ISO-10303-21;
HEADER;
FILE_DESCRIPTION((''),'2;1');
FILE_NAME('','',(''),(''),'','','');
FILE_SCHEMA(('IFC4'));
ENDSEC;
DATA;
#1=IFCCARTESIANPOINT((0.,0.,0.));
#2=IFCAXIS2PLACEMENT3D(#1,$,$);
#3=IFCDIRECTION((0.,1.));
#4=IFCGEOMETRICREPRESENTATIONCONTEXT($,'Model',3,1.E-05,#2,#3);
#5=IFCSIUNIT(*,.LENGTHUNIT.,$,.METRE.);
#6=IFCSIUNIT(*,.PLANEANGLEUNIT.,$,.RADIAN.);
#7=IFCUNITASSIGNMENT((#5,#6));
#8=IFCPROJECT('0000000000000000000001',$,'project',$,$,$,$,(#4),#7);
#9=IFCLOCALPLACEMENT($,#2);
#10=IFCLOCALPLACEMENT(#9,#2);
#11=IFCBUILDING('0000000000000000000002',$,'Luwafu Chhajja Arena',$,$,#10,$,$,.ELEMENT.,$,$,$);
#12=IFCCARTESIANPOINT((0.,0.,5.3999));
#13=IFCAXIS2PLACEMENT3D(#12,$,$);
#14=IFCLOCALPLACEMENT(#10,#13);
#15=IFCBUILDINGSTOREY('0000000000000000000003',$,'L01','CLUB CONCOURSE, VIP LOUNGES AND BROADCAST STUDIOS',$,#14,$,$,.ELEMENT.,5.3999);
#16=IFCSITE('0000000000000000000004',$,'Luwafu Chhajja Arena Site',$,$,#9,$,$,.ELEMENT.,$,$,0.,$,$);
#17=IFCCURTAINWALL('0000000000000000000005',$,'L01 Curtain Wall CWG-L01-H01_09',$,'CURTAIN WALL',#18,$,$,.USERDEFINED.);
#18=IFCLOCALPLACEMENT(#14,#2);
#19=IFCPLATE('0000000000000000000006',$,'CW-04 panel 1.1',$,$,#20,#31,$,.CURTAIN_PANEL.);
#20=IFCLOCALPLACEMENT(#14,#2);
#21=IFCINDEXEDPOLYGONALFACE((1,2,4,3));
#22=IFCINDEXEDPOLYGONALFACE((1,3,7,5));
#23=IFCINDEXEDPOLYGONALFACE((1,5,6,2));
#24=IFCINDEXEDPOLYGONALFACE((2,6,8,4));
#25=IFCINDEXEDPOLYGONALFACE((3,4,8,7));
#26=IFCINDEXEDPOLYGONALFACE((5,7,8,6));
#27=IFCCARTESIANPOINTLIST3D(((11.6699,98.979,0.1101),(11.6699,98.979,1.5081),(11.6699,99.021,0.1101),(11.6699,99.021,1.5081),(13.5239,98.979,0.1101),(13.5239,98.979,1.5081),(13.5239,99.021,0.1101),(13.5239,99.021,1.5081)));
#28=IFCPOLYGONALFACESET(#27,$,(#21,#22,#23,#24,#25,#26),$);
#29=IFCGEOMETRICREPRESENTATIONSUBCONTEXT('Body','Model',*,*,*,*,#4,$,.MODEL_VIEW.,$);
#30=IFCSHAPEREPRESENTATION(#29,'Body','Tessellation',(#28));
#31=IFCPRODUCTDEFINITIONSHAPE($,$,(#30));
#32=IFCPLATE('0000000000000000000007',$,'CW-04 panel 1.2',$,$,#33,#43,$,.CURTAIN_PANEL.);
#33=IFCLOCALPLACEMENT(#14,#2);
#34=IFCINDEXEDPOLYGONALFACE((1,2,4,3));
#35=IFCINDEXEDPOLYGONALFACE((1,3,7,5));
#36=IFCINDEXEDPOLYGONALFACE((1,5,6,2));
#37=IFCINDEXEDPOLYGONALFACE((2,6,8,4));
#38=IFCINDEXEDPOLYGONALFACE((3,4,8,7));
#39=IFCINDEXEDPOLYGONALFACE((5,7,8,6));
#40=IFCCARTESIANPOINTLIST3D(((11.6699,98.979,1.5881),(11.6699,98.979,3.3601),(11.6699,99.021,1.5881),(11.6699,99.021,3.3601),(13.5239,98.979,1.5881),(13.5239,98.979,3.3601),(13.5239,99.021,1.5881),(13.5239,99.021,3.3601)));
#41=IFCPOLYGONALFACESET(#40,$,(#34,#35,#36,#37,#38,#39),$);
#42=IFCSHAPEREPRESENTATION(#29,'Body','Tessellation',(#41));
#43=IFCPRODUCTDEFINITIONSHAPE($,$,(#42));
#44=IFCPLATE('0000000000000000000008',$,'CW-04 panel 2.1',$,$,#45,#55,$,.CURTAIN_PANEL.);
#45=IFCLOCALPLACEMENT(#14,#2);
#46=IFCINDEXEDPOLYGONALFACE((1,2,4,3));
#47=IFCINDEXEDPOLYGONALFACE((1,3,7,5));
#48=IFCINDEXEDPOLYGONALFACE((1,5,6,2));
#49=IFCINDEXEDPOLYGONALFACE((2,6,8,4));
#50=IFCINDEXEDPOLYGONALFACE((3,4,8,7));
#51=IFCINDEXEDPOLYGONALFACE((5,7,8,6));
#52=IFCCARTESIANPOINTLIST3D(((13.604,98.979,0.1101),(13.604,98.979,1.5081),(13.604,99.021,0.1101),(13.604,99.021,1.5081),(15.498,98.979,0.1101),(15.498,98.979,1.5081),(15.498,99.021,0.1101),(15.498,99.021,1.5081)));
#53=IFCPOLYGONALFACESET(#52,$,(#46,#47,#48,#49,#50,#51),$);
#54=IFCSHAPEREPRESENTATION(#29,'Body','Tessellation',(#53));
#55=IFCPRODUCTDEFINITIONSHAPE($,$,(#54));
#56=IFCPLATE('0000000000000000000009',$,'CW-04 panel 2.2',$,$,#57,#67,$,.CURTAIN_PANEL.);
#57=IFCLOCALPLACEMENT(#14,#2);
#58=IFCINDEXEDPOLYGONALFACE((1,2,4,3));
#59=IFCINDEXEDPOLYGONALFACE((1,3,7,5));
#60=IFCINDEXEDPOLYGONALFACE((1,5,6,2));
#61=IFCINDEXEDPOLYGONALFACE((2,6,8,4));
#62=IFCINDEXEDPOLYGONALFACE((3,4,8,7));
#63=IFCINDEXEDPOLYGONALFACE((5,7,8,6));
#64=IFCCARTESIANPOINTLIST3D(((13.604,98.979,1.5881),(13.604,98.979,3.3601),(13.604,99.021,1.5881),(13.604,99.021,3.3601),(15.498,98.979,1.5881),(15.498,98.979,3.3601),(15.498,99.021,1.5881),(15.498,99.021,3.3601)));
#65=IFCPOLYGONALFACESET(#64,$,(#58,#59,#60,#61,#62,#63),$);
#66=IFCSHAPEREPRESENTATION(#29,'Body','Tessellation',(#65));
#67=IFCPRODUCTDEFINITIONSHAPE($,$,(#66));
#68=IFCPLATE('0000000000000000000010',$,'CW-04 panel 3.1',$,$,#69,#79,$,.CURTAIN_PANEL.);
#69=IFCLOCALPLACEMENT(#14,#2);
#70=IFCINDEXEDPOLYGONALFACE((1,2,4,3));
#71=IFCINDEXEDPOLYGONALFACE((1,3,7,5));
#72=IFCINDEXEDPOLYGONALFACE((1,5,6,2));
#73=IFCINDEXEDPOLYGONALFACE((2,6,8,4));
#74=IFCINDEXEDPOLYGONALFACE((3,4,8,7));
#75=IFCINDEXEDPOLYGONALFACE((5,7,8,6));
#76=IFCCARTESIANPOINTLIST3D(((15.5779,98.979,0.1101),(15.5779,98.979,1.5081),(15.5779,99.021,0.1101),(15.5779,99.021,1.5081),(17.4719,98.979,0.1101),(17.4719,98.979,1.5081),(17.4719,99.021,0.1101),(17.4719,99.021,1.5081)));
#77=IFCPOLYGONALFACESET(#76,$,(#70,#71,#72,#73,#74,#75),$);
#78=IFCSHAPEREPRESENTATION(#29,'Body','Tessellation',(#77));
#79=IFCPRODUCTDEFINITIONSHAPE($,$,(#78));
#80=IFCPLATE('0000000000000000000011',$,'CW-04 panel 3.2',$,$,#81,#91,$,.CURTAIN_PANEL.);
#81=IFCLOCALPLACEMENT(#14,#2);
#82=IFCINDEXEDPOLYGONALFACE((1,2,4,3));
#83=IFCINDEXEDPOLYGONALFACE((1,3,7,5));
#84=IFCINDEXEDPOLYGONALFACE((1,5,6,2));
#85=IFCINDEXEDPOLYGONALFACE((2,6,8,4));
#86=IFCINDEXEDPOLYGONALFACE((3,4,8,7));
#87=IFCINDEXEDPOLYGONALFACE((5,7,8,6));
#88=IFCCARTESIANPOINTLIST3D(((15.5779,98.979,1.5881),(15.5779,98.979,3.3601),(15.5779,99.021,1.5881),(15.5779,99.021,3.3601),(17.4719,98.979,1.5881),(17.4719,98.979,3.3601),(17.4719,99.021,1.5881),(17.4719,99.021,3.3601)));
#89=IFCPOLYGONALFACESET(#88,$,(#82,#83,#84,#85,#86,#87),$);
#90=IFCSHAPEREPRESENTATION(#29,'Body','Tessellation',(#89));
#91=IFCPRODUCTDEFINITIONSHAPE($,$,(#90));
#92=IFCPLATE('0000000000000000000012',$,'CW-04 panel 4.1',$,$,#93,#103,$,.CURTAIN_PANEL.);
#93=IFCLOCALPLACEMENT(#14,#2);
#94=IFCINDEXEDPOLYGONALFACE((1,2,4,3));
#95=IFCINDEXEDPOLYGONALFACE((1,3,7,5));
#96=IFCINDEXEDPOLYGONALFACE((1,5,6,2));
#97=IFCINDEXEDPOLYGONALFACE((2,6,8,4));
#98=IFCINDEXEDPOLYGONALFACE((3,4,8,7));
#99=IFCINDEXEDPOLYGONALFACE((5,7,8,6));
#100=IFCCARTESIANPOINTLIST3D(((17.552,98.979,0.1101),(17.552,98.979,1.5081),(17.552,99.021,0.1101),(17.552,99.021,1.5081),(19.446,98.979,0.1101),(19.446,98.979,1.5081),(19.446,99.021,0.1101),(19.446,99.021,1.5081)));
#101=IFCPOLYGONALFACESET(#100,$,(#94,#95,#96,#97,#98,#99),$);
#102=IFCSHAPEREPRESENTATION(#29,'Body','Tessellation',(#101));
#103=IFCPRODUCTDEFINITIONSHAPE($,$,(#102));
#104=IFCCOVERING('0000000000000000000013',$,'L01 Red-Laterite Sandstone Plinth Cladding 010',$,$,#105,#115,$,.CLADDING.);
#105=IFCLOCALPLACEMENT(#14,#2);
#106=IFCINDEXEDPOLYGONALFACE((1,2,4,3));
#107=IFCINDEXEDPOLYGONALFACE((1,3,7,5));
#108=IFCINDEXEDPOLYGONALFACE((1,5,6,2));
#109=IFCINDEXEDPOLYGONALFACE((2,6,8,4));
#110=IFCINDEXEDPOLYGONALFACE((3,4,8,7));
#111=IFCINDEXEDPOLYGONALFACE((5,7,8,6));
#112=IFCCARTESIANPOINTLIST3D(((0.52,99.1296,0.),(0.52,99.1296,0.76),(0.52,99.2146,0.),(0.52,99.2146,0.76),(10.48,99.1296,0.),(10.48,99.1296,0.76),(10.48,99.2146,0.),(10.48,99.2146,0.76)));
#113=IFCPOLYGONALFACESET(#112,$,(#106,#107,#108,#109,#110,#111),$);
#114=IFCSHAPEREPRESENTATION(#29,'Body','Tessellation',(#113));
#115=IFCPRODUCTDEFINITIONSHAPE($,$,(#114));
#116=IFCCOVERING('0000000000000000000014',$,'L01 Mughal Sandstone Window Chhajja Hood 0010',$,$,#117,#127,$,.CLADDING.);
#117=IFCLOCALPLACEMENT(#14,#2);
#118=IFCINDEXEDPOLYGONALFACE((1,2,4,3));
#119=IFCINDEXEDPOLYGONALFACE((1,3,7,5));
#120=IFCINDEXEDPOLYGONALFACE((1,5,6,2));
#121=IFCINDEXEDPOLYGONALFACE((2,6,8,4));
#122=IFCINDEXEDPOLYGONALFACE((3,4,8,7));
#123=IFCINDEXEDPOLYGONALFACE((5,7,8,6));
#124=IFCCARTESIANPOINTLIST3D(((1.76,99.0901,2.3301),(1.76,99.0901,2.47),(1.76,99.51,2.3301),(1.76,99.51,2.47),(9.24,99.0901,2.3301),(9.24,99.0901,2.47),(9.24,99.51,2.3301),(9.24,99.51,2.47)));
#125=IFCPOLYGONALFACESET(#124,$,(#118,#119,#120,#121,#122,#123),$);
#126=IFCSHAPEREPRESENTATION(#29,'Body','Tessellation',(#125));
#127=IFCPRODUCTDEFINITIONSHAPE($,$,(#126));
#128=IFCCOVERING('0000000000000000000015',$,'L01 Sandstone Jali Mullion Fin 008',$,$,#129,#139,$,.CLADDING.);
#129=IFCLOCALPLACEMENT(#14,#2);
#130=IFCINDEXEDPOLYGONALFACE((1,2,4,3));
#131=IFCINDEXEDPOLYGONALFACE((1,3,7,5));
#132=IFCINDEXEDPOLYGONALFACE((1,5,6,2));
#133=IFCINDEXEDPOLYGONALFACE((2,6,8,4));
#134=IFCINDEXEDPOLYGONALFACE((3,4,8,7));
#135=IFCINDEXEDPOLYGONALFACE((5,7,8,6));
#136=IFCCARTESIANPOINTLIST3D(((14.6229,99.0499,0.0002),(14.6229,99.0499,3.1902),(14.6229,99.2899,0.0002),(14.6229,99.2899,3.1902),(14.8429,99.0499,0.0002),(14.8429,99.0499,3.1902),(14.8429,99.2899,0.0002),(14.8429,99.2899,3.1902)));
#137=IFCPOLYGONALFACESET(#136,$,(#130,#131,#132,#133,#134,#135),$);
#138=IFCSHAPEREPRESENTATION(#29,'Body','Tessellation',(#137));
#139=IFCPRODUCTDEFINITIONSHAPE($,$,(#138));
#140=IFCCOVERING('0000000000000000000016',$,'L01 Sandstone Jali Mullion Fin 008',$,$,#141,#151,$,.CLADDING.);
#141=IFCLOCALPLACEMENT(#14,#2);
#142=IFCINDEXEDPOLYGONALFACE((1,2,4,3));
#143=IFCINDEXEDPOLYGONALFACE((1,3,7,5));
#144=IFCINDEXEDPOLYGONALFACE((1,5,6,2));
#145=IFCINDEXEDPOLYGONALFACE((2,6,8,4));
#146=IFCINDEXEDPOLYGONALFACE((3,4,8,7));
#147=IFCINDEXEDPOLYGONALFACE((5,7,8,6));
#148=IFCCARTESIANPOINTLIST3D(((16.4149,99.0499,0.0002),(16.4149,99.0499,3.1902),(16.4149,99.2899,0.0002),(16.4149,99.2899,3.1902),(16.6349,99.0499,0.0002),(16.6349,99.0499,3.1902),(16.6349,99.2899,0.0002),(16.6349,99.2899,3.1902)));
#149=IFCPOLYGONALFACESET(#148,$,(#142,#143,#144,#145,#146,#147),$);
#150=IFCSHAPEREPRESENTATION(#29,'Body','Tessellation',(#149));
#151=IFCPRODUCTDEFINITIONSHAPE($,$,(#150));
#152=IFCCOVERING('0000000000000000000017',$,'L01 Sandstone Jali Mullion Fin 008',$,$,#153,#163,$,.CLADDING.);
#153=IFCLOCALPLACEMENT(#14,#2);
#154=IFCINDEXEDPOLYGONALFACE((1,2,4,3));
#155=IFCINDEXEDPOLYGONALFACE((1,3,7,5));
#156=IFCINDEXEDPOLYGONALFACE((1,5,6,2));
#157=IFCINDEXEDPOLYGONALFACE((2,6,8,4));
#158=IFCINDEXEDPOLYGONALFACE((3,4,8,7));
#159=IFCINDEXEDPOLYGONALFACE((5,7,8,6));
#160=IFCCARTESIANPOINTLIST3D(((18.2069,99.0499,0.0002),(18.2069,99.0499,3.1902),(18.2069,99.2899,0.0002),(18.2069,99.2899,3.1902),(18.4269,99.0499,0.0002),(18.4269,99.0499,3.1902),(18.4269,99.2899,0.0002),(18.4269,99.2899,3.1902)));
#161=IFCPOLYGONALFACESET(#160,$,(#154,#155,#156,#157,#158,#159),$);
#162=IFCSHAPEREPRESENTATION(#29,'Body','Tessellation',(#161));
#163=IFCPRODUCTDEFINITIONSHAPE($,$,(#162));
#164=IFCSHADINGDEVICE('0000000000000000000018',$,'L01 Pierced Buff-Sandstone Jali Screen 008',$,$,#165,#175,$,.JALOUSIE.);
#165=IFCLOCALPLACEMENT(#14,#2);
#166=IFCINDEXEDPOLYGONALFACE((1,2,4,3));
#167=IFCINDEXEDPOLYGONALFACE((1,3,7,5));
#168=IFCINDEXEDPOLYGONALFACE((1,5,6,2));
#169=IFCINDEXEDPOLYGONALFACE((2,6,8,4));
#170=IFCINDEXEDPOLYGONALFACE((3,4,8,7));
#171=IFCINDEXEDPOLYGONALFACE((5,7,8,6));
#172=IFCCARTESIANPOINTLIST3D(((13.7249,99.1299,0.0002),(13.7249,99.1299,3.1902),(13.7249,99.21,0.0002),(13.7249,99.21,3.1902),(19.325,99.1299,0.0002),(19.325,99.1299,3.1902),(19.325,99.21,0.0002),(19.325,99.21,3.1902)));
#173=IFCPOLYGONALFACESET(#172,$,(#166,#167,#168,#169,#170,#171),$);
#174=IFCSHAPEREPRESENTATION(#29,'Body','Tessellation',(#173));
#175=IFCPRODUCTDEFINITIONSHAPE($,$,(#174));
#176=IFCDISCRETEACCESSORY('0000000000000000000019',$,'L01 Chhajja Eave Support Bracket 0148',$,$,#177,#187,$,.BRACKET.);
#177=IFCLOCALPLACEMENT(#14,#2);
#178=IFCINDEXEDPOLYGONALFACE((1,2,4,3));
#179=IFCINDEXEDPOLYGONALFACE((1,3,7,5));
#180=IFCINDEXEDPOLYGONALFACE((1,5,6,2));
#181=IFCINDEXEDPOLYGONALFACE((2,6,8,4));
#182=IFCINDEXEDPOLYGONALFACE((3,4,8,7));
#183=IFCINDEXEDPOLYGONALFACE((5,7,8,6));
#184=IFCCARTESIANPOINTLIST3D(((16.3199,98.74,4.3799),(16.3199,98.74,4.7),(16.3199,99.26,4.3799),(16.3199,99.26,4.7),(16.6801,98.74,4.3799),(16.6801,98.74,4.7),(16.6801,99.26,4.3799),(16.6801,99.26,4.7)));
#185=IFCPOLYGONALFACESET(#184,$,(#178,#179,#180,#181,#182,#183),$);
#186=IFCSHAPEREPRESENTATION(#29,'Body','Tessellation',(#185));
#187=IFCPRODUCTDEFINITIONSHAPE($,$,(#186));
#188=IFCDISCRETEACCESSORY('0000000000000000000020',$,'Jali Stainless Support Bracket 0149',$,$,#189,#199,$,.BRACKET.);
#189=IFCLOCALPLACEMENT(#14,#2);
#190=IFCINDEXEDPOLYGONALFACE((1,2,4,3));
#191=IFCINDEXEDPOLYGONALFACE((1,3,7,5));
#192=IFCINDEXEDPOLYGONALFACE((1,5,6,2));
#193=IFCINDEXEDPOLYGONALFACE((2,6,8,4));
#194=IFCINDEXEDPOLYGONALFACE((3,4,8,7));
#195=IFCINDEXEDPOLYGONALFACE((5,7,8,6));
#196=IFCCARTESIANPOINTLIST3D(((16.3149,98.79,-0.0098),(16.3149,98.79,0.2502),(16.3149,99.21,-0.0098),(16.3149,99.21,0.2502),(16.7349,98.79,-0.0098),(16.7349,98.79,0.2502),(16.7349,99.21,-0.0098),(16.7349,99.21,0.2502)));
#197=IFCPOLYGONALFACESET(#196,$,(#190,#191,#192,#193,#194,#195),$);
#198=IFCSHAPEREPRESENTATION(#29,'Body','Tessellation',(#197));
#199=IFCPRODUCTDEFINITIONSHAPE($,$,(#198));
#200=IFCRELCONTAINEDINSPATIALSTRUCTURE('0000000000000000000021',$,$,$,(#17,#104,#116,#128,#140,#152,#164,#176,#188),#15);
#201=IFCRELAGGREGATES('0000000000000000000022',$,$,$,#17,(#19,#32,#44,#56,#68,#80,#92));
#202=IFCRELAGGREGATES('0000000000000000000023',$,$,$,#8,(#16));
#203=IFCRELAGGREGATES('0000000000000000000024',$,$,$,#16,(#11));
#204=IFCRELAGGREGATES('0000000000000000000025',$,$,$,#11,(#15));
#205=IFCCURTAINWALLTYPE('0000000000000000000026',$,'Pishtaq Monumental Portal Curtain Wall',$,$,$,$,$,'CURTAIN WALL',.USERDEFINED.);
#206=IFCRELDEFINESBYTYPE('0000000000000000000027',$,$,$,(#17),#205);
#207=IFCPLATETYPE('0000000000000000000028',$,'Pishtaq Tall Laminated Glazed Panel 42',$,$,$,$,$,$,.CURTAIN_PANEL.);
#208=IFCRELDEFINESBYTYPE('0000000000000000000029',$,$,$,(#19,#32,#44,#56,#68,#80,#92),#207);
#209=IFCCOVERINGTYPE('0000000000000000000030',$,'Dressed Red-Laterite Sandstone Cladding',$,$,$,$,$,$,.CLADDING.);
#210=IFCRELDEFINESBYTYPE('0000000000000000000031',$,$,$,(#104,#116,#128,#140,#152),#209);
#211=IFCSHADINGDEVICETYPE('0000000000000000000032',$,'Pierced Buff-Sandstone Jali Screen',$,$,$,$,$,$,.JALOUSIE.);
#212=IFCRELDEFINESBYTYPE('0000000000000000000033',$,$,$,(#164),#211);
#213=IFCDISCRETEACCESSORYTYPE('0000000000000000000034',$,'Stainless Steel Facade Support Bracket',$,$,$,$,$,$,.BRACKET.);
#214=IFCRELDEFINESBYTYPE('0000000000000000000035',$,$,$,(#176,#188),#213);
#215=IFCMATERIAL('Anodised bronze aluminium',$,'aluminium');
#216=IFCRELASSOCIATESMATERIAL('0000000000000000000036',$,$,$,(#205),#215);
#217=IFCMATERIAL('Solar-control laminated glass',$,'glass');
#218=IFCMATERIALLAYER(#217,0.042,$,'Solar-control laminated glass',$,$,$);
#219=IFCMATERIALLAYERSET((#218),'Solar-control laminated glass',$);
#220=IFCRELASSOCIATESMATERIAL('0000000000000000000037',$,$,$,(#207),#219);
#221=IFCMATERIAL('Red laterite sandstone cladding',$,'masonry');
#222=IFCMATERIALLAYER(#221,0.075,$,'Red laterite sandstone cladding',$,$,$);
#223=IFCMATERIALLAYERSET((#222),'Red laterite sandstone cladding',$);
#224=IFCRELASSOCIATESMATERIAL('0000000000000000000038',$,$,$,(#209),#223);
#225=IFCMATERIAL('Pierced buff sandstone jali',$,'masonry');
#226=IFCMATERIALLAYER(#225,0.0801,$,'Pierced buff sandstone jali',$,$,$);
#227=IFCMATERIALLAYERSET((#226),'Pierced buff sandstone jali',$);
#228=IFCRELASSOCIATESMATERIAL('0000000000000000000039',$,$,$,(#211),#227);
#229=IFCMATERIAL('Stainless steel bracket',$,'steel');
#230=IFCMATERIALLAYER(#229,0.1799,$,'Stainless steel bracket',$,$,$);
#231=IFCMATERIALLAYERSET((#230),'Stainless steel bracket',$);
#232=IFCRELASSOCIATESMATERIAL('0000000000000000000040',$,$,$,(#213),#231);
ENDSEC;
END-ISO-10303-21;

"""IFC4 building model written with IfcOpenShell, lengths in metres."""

from ifc_helpers import new_model, si_unit, direction, frame, origin, origin_2d, place, context, subcontext, project, spatial, rectangle, extrude, material, layer, layer_set, type_object, element, aggregate, save


model = new_model("IFC4")

# Units and contexts
model_context = context("Model", 3, precision=1e-05, world=origin(), true_north=direction((0.0, 1.0)))
body_context = subcontext(model_context, "Body", "Model", "MODEL_VIEW")
ifc_project = project(units=[si_unit("LENGTHUNIT", "METRE"), si_unit("PLANEANGLEUNIT", "RADIAN")], contexts=[model_context])

# Site, building, storey
site_placement = place(None, origin())
site = spatial("IfcSite", under=ifc_project, at=site_placement, Name="Luwafu Chhajja Arena Site", CompositionType="ELEMENT", RefElevation=0.0)
building_placement = place(site_placement, origin())
building = spatial("IfcBuilding", under=site, at=building_placement, Name="Luwafu Chhajja Arena", CompositionType="ELEMENT")
storey_placement = place(building_placement, frame((0.0, 0.0, 5.3999)))
storey = spatial("IfcBuildingStorey", under=building, at=storey_placement, Name="L01", Description="CLUB CONCOURSE, VIP LOUNGES AND BROADCAST STUDIOS", CompositionType="ELEMENT", Elevation=5.3999)

# Curtain wall, plates
ifc_material_1 = material(Name="Anodised bronze aluminium", Category="aluminium")
curtain_wall_type = type_object("IfcCurtainWallType", Name="Pishtaq Monumental Portal Curtain Wall", ElementType="CURTAIN WALL", PredefinedType="USERDEFINED", material=ifc_material_1)
curtain_wall_placement = place(storey_placement, origin())
curtain_wall = element("IfcCurtainWall", 1, at=curtain_wall_placement, inside=storey, type_object=curtain_wall_type, Name="L01 Curtain Wall CWG-L01-H01_09", ObjectType="CURTAIN WALL", PredefinedType="USERDEFINED")
ifc_material_2 = material(Name="Solar-control laminated glass", Category="glass")
ifc_layer_1 = layer(ifc_material_2, 0.042, Name="Solar-control laminated glass")
ifc_layer_set_1 = layer_set([ifc_layer_1], Name="Solar-control laminated glass")
plate_type = type_object("IfcPlateType", Name="Pishtaq Tall Laminated Glazed Panel 42", PredefinedType="CURTAIN_PANEL", material=ifc_layer_set_1)
plate_1_placement = place(storey_placement, frame((12.5969, 99.0, 0.1101), z_axis=(0.0, 0.0, 1.0), x_axis=(1.0, 0.0, 0.0)))
plate_1 = element("IfcPlate", 2, at=plate_1_placement, type_object=plate_type, Name="CW-04 panel 1.1", PredefinedType="CURTAIN_PANEL", context=body_context, shape_type="SweptSolid", body=[
    extrude(rectangle(XDim=1.854, YDim=0.042, at=origin_2d()), origin(), (0.0, 0.0, 1.0), 1.3979),
])
plate_2_placement = place(storey_placement, frame((12.5969, 99.0, 1.5881), z_axis=(0.0, 0.0, 1.0), x_axis=(1.0, 0.0, 0.0)))
plate_2 = element("IfcPlate", 3, at=plate_2_placement, type_object=plate_type, Name="CW-04 panel 1.2", PredefinedType="CURTAIN_PANEL", context=body_context, shape_type="SweptSolid", body=[
    extrude(rectangle(XDim=1.854, YDim=0.042, at=origin_2d()), origin(), (0.0, 0.0, 1.0), 1.772),
])
plate_3_placement = place(storey_placement, frame((14.551, 99.0, 0.1101), z_axis=(0.0, 0.0, 1.0), x_axis=(1.0, 0.0, 0.0)))
plate_3 = element("IfcPlate", 4, at=plate_3_placement, type_object=plate_type, Name="CW-04 panel 2.1", PredefinedType="CURTAIN_PANEL", context=body_context, shape_type="SweptSolid", body=[
    extrude(rectangle(XDim=1.894, YDim=0.042, at=origin_2d()), origin(), (0.0, 0.0, 1.0), 1.3979),
])
plate_4_placement = place(storey_placement, frame((14.551, 99.0, 1.5881), z_axis=(0.0, 0.0, 1.0), x_axis=(1.0, 0.0, 0.0)))
plate_4 = element("IfcPlate", 5, at=plate_4_placement, type_object=plate_type, Name="CW-04 panel 2.2", PredefinedType="CURTAIN_PANEL", context=body_context, shape_type="SweptSolid", body=[
    extrude(rectangle(XDim=1.894, YDim=0.042, at=origin_2d()), origin(), (0.0, 0.0, 1.0), 1.772),
])
plate_5_placement = place(storey_placement, frame((16.5249, 99.0, 0.1101), z_axis=(0.0, 0.0, 1.0), x_axis=(1.0, 0.0, 0.0)))
plate_5 = element("IfcPlate", 6, at=plate_5_placement, type_object=plate_type, Name="CW-04 panel 3.1", PredefinedType="CURTAIN_PANEL", context=body_context, shape_type="SweptSolid", body=[
    extrude(rectangle(XDim=1.894, YDim=0.042, at=origin_2d()), origin(), (0.0, 0.0, 1.0), 1.3979),
])
plate_6_placement = place(storey_placement, frame((16.5249, 99.0, 1.5881), z_axis=(0.0, 0.0, 1.0), x_axis=(1.0, 0.0, 0.0)))
plate_6 = element("IfcPlate", 7, at=plate_6_placement, type_object=plate_type, Name="CW-04 panel 3.2", PredefinedType="CURTAIN_PANEL", context=body_context, shape_type="SweptSolid", body=[
    extrude(rectangle(XDim=1.894, YDim=0.042, at=origin_2d()), origin(), (0.0, 0.0, 1.0), 1.772),
])
plate_7_placement = place(storey_placement, frame((18.499, 99.0, 0.1101), z_axis=(0.0, 0.0, 1.0), x_axis=(1.0, 0.0, 0.0)))
plate_7 = element("IfcPlate", 8, at=plate_7_placement, type_object=plate_type, Name="CW-04 panel 4.1", PredefinedType="CURTAIN_PANEL", context=body_context, shape_type="SweptSolid", body=[
    extrude(rectangle(XDim=1.894, YDim=0.042, at=origin_2d()), origin(), (0.0, 0.0, 1.0), 1.3979),
])
aggregate(curtain_wall, [plate_1, plate_2, plate_3, plate_4, plate_5, plate_6, plate_7])

# Coverings
ifc_material_3 = material(Name="Red laterite sandstone cladding", Category="masonry")
ifc_layer_2 = layer(ifc_material_3, 0.075, Name="Red laterite sandstone cladding")
ifc_layer_set_2 = layer_set([ifc_layer_2], Name="Red laterite sandstone cladding")
covering_type = type_object("IfcCoveringType", Name="Dressed Red-Laterite Sandstone Cladding", PredefinedType="CLADDING", material=ifc_layer_set_2)
covering_1_placement = place(storey_placement, frame((5.5, 99.1721, 0.0), z_axis=(0.0, 0.0, 1.0), x_axis=(1.0, 0.0, 0.0)))
element("IfcCovering", 9, at=covering_1_placement, inside=storey, type_object=covering_type, Name="L01 Red-Laterite Sandstone Plinth Cladding 010", PredefinedType="CLADDING", context=body_context, shape_type="SweptSolid", body=[
    extrude(rectangle(XDim=9.96, YDim=0.085, at=origin_2d()), origin(), (0.0, 0.0, 1.0), 0.76),
])
covering_2_placement = place(storey_placement, frame((5.5, 99.3, 2.3301), z_axis=(0.0, 0.0, 1.0), x_axis=(1.0, 0.0, 0.0)))
element("IfcCovering", 10, at=covering_2_placement, inside=storey, type_object=covering_type, Name="L01 Mughal Sandstone Window Chhajja Hood 0010", PredefinedType="CLADDING", context=body_context, shape_type="SweptSolid", body=[
    extrude(rectangle(XDim=7.48, YDim=0.4199, at=origin_2d()), origin(), (0.0, 0.0, 1.0), 0.1399),
])
for number, where, z_axis, x_axis, name in (
    (11, (14.7329, 99.1699, 0.0002), (0.0, 0.0, 1.0), (1.0, 0.0, 0.0), "L01 Sandstone Jali Mullion Fin 008"),
    (12, (16.5249, 99.1699, 0.0002), (0.0, 0.0, 1.0), (1.0, 0.0, 0.0), "L01 Sandstone Jali Mullion Fin 008"),
    (13, (18.3169, 99.1699, 0.0002), (0.0, 0.0, 1.0), (1.0, 0.0, 0.0), "L01 Sandstone Jali Mullion Fin 008"),
):
    element("IfcCovering", number, at=place(storey_placement, frame(where, z_axis=z_axis, x_axis=x_axis)), inside=storey, type_object=covering_type, Name=name, PredefinedType="CLADDING", context=body_context, shape_type="SweptSolid", body=[
        extrude(rectangle(XDim=0.22, YDim=0.24, at=origin_2d()), origin(), (0.0, 0.0, 1.0), 3.1899),
    ])

# Shading device
ifc_material_4 = material(Name="Pierced buff sandstone jali", Category="masonry")
ifc_layer_3 = layer(ifc_material_4, 0.0801, Name="Pierced buff sandstone jali")
ifc_layer_set_3 = layer_set([ifc_layer_3], Name="Pierced buff sandstone jali")
shading_device_type = type_object("IfcShadingDeviceType", Name="Pierced Buff-Sandstone Jali Screen", PredefinedType="JALOUSIE", material=ifc_layer_set_3)
shading_device_placement = place(storey_placement, frame((16.5249, 99.1699, 0.0002), z_axis=(0.0, 0.0, 1.0), x_axis=(1.0, 0.0, 0.0)))
element("IfcShadingDevice", 14, at=shading_device_placement, inside=storey, type_object=shading_device_type, Name="L01 Pierced Buff-Sandstone Jali Screen 008", PredefinedType="JALOUSIE", context=body_context, shape_type="SweptSolid", body=[
    extrude(rectangle(XDim=5.6001, YDim=0.0801, at=origin_2d()), origin(), (0.0, 0.0, 1.0), 3.1899),
])

# Discrete accessories
ifc_material_5 = material(Name="Stainless steel bracket", Category="steel")
ifc_layer_4 = layer(ifc_material_5, 0.1799, Name="Stainless steel bracket")
ifc_layer_set_4 = layer_set([ifc_layer_4], Name="Stainless steel bracket")
discrete_accessory_type = type_object("IfcDiscreteAccessoryType", Name="Stainless Steel Facade Support Bracket", PredefinedType="BRACKET", material=ifc_layer_set_4)
discrete_accessory_1_placement = place(storey_placement, frame((16.5, 99.0, 4.3799), z_axis=(0.0, 0.0, 1.0), x_axis=(1.0, 0.0, 0.0)))
element("IfcDiscreteAccessory", 15, at=discrete_accessory_1_placement, inside=storey, type_object=discrete_accessory_type, Name="L01 Chhajja Eave Support Bracket 0148", PredefinedType="BRACKET", context=body_context, shape_type="SweptSolid", body=[
    extrude(rectangle(XDim=0.3601, YDim=0.52, at=origin_2d()), origin(), (0.0, 0.0, 1.0), 0.3201),
])
discrete_accessory_2_placement = place(storey_placement, frame((16.5249, 99.0, -0.0098), z_axis=(0.0, 0.0, 1.0), x_axis=(1.0, 0.0, 0.0)))
element("IfcDiscreteAccessory", 16, at=discrete_accessory_2_placement, inside=storey, type_object=discrete_accessory_type, Name="Jali Stainless Support Bracket 0149", PredefinedType="BRACKET", context=body_context, shape_type="SweptSolid", body=[
    extrude(rectangle(XDim=0.4199, YDim=0.4199, at=origin_2d()), origin(), (0.0, 0.0, 1.0), 0.26),
])

save(model, "model.ifc")
